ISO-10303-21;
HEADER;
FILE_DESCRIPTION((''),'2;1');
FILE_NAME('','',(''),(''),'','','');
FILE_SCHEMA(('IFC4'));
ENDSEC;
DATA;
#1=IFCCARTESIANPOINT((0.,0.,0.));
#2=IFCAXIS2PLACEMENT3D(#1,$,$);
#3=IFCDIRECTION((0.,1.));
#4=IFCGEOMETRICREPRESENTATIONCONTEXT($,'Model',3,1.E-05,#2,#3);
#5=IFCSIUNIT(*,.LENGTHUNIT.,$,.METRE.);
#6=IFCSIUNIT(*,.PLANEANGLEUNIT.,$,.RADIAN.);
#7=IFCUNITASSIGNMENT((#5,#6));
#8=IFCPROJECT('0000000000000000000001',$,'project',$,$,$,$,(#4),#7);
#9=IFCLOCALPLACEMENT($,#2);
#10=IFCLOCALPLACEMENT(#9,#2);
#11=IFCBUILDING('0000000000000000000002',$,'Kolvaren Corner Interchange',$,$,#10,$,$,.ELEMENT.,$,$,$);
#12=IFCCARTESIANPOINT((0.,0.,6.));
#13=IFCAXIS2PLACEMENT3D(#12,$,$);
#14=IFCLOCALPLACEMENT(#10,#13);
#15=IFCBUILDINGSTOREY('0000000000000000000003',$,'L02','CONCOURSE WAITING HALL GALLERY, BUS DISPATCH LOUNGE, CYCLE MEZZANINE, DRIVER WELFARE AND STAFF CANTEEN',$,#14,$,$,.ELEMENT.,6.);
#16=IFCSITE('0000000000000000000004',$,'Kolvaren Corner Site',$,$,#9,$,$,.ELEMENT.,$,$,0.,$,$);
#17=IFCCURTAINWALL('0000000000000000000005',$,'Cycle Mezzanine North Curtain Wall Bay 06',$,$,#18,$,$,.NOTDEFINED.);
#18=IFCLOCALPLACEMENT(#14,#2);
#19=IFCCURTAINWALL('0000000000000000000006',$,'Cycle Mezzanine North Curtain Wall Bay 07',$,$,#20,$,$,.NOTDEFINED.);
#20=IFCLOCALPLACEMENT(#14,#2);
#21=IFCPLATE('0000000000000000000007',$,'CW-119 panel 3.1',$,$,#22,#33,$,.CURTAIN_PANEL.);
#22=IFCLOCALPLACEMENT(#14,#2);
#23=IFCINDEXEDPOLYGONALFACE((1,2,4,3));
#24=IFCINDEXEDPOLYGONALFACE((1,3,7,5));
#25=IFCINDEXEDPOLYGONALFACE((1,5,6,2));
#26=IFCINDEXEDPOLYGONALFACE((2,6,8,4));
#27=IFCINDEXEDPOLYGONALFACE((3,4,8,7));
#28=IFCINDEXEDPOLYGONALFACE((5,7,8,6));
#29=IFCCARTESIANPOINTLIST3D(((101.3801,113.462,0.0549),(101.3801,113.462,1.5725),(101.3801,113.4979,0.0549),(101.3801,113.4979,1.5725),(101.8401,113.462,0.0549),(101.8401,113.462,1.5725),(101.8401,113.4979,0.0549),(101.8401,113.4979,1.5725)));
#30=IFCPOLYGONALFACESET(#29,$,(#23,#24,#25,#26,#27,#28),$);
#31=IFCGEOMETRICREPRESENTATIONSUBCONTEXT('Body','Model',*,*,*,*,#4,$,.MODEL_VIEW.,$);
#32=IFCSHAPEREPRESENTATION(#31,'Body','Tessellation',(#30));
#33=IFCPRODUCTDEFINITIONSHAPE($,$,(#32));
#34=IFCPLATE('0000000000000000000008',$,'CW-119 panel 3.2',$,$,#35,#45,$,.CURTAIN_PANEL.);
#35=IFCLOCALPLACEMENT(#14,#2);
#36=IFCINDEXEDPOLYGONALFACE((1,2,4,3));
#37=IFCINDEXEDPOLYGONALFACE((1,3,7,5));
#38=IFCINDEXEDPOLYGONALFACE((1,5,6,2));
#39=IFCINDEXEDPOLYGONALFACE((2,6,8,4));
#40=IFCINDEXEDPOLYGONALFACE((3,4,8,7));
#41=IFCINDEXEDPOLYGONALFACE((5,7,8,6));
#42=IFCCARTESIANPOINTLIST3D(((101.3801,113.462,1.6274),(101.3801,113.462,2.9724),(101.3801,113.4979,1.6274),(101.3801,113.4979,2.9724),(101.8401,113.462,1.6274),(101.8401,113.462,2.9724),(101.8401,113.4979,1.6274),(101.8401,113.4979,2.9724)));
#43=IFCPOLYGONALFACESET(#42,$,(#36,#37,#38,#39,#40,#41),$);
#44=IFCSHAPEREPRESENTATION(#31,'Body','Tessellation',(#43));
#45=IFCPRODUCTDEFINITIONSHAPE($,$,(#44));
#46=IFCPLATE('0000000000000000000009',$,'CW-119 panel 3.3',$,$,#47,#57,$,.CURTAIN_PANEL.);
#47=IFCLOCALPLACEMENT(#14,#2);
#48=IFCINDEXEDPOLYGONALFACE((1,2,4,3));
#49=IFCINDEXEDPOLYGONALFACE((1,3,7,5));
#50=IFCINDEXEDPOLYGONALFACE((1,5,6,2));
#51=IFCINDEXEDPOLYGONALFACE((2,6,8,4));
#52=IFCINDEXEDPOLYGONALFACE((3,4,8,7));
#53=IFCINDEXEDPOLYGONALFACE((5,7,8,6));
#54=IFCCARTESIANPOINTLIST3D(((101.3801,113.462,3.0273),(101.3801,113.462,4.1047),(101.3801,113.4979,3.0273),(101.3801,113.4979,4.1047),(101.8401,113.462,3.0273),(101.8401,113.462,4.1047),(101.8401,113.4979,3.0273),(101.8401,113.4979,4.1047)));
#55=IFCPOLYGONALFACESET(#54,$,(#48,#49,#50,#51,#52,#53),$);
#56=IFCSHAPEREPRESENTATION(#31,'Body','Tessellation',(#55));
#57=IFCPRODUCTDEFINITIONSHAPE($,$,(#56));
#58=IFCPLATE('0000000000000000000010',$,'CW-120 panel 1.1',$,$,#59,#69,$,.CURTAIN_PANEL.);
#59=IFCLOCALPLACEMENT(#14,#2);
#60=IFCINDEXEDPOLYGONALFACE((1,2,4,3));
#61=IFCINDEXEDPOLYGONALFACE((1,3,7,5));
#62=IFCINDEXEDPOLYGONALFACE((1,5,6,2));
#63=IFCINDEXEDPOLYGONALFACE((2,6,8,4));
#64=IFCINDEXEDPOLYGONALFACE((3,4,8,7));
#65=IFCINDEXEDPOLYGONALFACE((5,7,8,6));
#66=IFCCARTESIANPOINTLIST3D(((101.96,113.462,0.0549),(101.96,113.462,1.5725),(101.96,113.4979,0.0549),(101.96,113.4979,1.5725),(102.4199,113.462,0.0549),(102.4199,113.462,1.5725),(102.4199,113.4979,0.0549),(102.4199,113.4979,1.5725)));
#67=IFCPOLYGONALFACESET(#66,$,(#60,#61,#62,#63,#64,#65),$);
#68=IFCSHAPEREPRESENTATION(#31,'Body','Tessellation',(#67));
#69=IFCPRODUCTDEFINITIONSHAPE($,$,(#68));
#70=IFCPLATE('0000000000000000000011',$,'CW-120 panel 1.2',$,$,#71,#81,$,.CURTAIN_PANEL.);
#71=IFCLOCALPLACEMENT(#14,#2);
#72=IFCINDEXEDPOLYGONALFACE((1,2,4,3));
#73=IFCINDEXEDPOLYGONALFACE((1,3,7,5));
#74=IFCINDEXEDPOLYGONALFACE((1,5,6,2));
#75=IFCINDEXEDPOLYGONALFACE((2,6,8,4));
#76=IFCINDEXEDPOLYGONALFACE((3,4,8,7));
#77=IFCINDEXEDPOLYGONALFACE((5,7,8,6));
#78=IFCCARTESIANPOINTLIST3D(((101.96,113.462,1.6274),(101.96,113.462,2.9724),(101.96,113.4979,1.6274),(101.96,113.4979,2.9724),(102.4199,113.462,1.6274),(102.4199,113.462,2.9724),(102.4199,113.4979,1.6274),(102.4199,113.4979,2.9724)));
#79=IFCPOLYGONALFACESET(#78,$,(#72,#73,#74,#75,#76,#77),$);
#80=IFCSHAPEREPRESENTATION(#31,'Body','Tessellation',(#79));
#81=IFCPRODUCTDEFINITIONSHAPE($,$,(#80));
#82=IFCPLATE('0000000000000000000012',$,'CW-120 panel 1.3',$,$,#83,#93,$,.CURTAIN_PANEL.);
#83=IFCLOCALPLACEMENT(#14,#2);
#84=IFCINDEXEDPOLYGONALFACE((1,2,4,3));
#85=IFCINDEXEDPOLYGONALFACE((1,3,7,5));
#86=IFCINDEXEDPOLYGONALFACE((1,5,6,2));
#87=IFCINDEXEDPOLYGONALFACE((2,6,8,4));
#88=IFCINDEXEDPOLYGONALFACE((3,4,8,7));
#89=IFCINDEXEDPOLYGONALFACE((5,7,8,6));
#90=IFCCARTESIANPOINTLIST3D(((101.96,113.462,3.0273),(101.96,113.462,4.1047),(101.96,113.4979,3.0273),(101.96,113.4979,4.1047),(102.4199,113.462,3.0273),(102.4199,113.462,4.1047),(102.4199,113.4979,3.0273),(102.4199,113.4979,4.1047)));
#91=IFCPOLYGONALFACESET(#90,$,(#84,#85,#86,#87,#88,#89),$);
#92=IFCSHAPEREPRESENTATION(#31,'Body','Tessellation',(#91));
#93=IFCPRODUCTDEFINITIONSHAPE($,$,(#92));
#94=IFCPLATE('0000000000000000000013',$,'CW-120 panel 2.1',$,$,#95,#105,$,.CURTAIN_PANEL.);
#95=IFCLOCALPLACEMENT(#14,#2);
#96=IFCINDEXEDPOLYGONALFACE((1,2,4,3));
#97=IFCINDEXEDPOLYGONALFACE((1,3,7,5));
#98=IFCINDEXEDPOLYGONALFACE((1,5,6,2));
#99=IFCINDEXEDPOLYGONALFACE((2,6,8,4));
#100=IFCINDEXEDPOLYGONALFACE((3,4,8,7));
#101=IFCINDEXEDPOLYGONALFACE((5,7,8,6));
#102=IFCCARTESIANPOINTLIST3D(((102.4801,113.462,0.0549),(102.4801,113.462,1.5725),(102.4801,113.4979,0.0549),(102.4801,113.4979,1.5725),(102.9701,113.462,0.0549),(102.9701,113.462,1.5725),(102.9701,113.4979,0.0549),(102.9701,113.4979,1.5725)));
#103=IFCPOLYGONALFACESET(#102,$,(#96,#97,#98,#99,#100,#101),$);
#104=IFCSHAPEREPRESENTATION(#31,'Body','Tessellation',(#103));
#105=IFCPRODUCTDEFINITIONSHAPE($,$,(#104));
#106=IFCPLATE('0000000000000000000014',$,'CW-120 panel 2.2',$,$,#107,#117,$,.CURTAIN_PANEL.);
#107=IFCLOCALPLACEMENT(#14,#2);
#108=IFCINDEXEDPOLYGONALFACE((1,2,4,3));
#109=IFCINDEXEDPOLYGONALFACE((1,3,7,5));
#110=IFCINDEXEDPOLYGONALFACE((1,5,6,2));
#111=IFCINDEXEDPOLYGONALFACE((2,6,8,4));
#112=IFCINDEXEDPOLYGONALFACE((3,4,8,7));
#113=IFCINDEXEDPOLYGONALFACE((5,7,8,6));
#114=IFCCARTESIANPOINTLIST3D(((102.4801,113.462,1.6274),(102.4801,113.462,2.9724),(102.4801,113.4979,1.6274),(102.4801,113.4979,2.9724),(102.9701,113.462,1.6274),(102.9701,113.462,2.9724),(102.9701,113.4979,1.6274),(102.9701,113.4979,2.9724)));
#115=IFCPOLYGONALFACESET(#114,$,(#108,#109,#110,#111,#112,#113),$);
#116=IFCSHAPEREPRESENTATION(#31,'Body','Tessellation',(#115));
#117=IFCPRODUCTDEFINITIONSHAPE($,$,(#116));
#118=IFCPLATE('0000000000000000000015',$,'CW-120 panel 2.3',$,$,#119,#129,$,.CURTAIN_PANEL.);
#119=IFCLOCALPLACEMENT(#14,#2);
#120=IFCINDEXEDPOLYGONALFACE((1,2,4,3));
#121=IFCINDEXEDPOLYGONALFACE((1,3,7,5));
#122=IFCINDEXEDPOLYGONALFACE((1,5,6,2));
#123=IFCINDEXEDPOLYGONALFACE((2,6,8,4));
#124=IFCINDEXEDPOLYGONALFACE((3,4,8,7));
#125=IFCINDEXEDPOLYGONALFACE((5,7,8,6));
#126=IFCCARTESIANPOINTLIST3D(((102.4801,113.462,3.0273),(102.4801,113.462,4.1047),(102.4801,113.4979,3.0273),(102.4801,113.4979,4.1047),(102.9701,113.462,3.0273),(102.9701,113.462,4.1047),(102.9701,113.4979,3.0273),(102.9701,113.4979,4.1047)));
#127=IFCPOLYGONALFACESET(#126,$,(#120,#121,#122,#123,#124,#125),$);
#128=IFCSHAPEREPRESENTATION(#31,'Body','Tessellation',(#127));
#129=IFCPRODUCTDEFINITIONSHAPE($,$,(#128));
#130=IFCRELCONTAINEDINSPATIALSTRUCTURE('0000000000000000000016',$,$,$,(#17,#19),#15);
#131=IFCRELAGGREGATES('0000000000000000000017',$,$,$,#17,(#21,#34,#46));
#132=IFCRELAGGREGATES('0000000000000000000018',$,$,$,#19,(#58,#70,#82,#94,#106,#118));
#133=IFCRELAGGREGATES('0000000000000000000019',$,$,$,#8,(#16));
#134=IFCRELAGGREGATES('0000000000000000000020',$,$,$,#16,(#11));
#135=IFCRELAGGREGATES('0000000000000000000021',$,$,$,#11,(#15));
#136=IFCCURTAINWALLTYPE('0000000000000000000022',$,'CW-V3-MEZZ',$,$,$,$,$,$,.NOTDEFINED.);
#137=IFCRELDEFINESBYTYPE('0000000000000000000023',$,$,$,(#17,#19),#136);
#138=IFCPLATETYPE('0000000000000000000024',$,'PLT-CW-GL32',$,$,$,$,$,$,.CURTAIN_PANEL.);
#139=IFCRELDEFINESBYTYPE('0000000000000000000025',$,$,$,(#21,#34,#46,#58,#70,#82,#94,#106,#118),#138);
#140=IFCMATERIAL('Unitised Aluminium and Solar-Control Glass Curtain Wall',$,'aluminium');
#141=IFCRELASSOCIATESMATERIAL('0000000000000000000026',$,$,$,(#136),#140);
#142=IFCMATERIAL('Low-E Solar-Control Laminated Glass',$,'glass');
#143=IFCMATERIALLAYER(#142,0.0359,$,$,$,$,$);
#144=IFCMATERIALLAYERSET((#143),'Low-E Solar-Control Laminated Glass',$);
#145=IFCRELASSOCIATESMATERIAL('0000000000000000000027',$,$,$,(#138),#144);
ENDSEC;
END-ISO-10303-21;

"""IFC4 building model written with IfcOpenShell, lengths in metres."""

from ifc_helpers import new_model, si_unit, direction, frame, origin, origin_2d, place, context, subcontext, project, spatial, rectangle, extrude, material, layer, layer_set, type_object, element, aggregate, save


model = new_model("IFC4")

# Units and contexts
model_context = context("Model", 3, precision=1e-05, world=origin(), true_north=direction((0.0, 1.0)))
body_context = subcontext(model_context, "Body", "Model", "MODEL_VIEW")
ifc_project = project(units=[si_unit("LENGTHUNIT", "METRE"), si_unit("PLANEANGLEUNIT", "RADIAN")], contexts=[model_context])

# Site, building, storey
site_placement = place(None, origin())
site = spatial("IfcSite", under=ifc_project, at=site_placement, Name="Kolvaren Corner Site", CompositionType="ELEMENT", RefElevation=0.0)
building_placement = place(site_placement, origin())
building = spatial("IfcBuilding", under=site, at=building_placement, Name="Kolvaren Corner Interchange", CompositionType="ELEMENT")
storey_placement = place(building_placement, frame((0.0, 0.0, 6.0)))
storey = spatial("IfcBuildingStorey", under=building, at=storey_placement, Name="L02", Description="CONCOURSE WAITING HALL GALLERY, BUS DISPATCH LOUNGE, CYCLE MEZZANINE, DRIVER WELFARE AND STAFF CANTEEN", CompositionType="ELEMENT", Elevation=6.0)

# Curtain wall
ifc_material_1 = material(Name="Unitised Aluminium and Solar-Control Glass Curtain Wall", Category="aluminium")
curtain_wall_type = type_object("IfcCurtainWallType", Name="CW-V3-MEZZ", PredefinedType="NOTDEFINED", material=ifc_material_1)
curtain_wall_1_placement = place(storey_placement, origin())
curtain_wall_1 = element("IfcCurtainWall", 1, at=curtain_wall_1_placement, inside=storey, type_object=curtain_wall_type, Name="Cycle Mezzanine North Curtain Wall Bay 06", PredefinedType="NOTDEFINED")

# Curtain wall
curtain_wall_2_placement = place(storey_placement, origin())
curtain_wall_2 = element("IfcCurtainWall", 2, at=curtain_wall_2_placement, inside=storey, type_object=curtain_wall_type, Name="Cycle Mezzanine North Curtain Wall Bay 07", PredefinedType="NOTDEFINED")

# Plates
ifc_material_2 = material(Name="Low-E Solar-Control Laminated Glass", Category="glass")
ifc_layer = layer(ifc_material_2, 0.0359)
ifc_layer_set = layer_set([ifc_layer], Name="Low-E Solar-Control Laminated Glass")
plate_type = type_object("IfcPlateType", Name="PLT-CW-GL32", PredefinedType="CURTAIN_PANEL", material=ifc_layer_set)
plate_1_placement = place(storey_placement, frame((101.6101, 113.48, 0.0549), z_axis=(0.0, 0.0, 1.0), x_axis=(1.0, 0.0, 0.0)))
plate_1 = element("IfcPlate", 3, at=plate_1_placement, type_object=plate_type, Name="CW-119 panel 3.1", PredefinedType="CURTAIN_PANEL", context=body_context, shape_type="SweptSolid", body=[
    extrude(rectangle(XDim=0.46, YDim=0.0359, at=origin_2d()), origin(), (0.0, 0.0, 1.0), 1.5176),
])
plate_2_placement = place(storey_placement, frame((101.6101, 113.48, 1.6274), z_axis=(0.0, 0.0, 1.0), x_axis=(1.0, 0.0, 0.0)))
plate_2 = element("IfcPlate", 4, at=plate_2_placement, type_object=plate_type, Name="CW-119 panel 3.2", PredefinedType="CURTAIN_PANEL", context=body_context, shape_type="SweptSolid", body=[
    extrude(rectangle(XDim=0.46, YDim=0.0359, at=origin_2d()), origin(), (0.0, 0.0, 1.0), 1.345),
])
plate_3_placement = place(storey_placement, frame((101.6101, 113.48, 3.0273), z_axis=(0.0, 0.0, 1.0), x_axis=(1.0, 0.0, 0.0)))
plate_3 = element("IfcPlate", 5, at=plate_3_placement, type_object=plate_type, Name="CW-119 panel 3.3", PredefinedType="CURTAIN_PANEL", context=body_context, shape_type="SweptSolid", body=[
    extrude(rectangle(XDim=0.46, YDim=0.0359, at=origin_2d()), origin(), (0.0, 0.0, 1.0), 1.0774),
])
aggregate(curtain_wall_1, [plate_1, plate_2, plate_3])
plate_4_placement = place(storey_placement, frame((102.1899, 113.48, 0.0549), z_axis=(0.0, 0.0, 1.0), x_axis=(1.0, 0.0, 0.0)))
plate_4 = element("IfcPlate", 6, at=plate_4_placement, type_object=plate_type, Name="CW-120 panel 1.1", PredefinedType="CURTAIN_PANEL", context=body_context, shape_type="SweptSolid", body=[
    extrude(rectangle(XDim=0.46, YDim=0.0359, at=origin_2d()), origin(), (0.0, 0.0, 1.0), 1.5176),
])
plate_5_placement = place(storey_placement, frame((102.1899, 113.48, 1.6274), z_axis=(0.0, 0.0, 1.0), x_axis=(1.0, 0.0, 0.0)))
plate_5 = element("IfcPlate", 7, at=plate_5_placement, type_object=plate_type, Name="CW-120 panel 1.2", PredefinedType="CURTAIN_PANEL", context=body_context, shape_type="SweptSolid", body=[
    extrude(rectangle(XDim=0.46, YDim=0.0359, at=origin_2d()), origin(), (0.0, 0.0, 1.0), 1.345),
])
plate_6_placement = place(storey_placement, frame((102.1899, 113.48, 3.0273), z_axis=(0.0, 0.0, 1.0), x_axis=(1.0, 0.0, 0.0)))
plate_6 = element("IfcPlate", 8, at=plate_6_placement, type_object=plate_type, Name="CW-120 panel 1.3", PredefinedType="CURTAIN_PANEL", context=body_context, shape_type="SweptSolid", body=[
    extrude(rectangle(XDim=0.46, YDim=0.0359, at=origin_2d()), origin(), (0.0, 0.0, 1.0), 1.0774),
])
plate_7_placement = place(storey_placement, frame((102.7251, 113.48, 0.0549), z_axis=(0.0, 0.0, 1.0), x_axis=(1.0, 0.0, 0.0)))
plate_7 = element("IfcPlate", 9, at=plate_7_placement, type_object=plate_type, Name="CW-120 panel 2.1", PredefinedType="CURTAIN_PANEL", context=body_context, shape_type="SweptSolid", body=[
    extrude(rectangle(XDim=0.49, YDim=0.0359, at=origin_2d()), origin(), (0.0, 0.0, 1.0), 1.5176),
])
plate_8_placement = place(storey_placement, frame((102.7251, 113.48, 1.6274), z_axis=(0.0, 0.0, 1.0), x_axis=(1.0, 0.0, 0.0)))
plate_8 = element("IfcPlate", 10, at=plate_8_placement, type_object=plate_type, Name="CW-120 panel 2.2", PredefinedType="CURTAIN_PANEL", context=body_context, shape_type="SweptSolid", body=[
    extrude(rectangle(XDim=0.49, YDim=0.0359, at=origin_2d()), origin(), (0.0, 0.0, 1.0), 1.345),
])
plate_9_placement = place(storey_placement, frame((102.7251, 113.48, 3.0273), z_axis=(0.0, 0.0, 1.0), x_axis=(1.0, 0.0, 0.0)))
plate_9 = element("IfcPlate", 11, at=plate_9_placement, type_object=plate_type, Name="CW-120 panel 2.3", PredefinedType="CURTAIN_PANEL", context=body_context, shape_type="SweptSolid", body=[
    extrude(rectangle(XDim=0.49, YDim=0.0359, at=origin_2d()), origin(), (0.0, 0.0, 1.0), 1.0774),
])
aggregate(curtain_wall_2, [plate_4, plate_5, plate_6, plate_7, plate_8, plate_9])

save(model, "model.ifc")
